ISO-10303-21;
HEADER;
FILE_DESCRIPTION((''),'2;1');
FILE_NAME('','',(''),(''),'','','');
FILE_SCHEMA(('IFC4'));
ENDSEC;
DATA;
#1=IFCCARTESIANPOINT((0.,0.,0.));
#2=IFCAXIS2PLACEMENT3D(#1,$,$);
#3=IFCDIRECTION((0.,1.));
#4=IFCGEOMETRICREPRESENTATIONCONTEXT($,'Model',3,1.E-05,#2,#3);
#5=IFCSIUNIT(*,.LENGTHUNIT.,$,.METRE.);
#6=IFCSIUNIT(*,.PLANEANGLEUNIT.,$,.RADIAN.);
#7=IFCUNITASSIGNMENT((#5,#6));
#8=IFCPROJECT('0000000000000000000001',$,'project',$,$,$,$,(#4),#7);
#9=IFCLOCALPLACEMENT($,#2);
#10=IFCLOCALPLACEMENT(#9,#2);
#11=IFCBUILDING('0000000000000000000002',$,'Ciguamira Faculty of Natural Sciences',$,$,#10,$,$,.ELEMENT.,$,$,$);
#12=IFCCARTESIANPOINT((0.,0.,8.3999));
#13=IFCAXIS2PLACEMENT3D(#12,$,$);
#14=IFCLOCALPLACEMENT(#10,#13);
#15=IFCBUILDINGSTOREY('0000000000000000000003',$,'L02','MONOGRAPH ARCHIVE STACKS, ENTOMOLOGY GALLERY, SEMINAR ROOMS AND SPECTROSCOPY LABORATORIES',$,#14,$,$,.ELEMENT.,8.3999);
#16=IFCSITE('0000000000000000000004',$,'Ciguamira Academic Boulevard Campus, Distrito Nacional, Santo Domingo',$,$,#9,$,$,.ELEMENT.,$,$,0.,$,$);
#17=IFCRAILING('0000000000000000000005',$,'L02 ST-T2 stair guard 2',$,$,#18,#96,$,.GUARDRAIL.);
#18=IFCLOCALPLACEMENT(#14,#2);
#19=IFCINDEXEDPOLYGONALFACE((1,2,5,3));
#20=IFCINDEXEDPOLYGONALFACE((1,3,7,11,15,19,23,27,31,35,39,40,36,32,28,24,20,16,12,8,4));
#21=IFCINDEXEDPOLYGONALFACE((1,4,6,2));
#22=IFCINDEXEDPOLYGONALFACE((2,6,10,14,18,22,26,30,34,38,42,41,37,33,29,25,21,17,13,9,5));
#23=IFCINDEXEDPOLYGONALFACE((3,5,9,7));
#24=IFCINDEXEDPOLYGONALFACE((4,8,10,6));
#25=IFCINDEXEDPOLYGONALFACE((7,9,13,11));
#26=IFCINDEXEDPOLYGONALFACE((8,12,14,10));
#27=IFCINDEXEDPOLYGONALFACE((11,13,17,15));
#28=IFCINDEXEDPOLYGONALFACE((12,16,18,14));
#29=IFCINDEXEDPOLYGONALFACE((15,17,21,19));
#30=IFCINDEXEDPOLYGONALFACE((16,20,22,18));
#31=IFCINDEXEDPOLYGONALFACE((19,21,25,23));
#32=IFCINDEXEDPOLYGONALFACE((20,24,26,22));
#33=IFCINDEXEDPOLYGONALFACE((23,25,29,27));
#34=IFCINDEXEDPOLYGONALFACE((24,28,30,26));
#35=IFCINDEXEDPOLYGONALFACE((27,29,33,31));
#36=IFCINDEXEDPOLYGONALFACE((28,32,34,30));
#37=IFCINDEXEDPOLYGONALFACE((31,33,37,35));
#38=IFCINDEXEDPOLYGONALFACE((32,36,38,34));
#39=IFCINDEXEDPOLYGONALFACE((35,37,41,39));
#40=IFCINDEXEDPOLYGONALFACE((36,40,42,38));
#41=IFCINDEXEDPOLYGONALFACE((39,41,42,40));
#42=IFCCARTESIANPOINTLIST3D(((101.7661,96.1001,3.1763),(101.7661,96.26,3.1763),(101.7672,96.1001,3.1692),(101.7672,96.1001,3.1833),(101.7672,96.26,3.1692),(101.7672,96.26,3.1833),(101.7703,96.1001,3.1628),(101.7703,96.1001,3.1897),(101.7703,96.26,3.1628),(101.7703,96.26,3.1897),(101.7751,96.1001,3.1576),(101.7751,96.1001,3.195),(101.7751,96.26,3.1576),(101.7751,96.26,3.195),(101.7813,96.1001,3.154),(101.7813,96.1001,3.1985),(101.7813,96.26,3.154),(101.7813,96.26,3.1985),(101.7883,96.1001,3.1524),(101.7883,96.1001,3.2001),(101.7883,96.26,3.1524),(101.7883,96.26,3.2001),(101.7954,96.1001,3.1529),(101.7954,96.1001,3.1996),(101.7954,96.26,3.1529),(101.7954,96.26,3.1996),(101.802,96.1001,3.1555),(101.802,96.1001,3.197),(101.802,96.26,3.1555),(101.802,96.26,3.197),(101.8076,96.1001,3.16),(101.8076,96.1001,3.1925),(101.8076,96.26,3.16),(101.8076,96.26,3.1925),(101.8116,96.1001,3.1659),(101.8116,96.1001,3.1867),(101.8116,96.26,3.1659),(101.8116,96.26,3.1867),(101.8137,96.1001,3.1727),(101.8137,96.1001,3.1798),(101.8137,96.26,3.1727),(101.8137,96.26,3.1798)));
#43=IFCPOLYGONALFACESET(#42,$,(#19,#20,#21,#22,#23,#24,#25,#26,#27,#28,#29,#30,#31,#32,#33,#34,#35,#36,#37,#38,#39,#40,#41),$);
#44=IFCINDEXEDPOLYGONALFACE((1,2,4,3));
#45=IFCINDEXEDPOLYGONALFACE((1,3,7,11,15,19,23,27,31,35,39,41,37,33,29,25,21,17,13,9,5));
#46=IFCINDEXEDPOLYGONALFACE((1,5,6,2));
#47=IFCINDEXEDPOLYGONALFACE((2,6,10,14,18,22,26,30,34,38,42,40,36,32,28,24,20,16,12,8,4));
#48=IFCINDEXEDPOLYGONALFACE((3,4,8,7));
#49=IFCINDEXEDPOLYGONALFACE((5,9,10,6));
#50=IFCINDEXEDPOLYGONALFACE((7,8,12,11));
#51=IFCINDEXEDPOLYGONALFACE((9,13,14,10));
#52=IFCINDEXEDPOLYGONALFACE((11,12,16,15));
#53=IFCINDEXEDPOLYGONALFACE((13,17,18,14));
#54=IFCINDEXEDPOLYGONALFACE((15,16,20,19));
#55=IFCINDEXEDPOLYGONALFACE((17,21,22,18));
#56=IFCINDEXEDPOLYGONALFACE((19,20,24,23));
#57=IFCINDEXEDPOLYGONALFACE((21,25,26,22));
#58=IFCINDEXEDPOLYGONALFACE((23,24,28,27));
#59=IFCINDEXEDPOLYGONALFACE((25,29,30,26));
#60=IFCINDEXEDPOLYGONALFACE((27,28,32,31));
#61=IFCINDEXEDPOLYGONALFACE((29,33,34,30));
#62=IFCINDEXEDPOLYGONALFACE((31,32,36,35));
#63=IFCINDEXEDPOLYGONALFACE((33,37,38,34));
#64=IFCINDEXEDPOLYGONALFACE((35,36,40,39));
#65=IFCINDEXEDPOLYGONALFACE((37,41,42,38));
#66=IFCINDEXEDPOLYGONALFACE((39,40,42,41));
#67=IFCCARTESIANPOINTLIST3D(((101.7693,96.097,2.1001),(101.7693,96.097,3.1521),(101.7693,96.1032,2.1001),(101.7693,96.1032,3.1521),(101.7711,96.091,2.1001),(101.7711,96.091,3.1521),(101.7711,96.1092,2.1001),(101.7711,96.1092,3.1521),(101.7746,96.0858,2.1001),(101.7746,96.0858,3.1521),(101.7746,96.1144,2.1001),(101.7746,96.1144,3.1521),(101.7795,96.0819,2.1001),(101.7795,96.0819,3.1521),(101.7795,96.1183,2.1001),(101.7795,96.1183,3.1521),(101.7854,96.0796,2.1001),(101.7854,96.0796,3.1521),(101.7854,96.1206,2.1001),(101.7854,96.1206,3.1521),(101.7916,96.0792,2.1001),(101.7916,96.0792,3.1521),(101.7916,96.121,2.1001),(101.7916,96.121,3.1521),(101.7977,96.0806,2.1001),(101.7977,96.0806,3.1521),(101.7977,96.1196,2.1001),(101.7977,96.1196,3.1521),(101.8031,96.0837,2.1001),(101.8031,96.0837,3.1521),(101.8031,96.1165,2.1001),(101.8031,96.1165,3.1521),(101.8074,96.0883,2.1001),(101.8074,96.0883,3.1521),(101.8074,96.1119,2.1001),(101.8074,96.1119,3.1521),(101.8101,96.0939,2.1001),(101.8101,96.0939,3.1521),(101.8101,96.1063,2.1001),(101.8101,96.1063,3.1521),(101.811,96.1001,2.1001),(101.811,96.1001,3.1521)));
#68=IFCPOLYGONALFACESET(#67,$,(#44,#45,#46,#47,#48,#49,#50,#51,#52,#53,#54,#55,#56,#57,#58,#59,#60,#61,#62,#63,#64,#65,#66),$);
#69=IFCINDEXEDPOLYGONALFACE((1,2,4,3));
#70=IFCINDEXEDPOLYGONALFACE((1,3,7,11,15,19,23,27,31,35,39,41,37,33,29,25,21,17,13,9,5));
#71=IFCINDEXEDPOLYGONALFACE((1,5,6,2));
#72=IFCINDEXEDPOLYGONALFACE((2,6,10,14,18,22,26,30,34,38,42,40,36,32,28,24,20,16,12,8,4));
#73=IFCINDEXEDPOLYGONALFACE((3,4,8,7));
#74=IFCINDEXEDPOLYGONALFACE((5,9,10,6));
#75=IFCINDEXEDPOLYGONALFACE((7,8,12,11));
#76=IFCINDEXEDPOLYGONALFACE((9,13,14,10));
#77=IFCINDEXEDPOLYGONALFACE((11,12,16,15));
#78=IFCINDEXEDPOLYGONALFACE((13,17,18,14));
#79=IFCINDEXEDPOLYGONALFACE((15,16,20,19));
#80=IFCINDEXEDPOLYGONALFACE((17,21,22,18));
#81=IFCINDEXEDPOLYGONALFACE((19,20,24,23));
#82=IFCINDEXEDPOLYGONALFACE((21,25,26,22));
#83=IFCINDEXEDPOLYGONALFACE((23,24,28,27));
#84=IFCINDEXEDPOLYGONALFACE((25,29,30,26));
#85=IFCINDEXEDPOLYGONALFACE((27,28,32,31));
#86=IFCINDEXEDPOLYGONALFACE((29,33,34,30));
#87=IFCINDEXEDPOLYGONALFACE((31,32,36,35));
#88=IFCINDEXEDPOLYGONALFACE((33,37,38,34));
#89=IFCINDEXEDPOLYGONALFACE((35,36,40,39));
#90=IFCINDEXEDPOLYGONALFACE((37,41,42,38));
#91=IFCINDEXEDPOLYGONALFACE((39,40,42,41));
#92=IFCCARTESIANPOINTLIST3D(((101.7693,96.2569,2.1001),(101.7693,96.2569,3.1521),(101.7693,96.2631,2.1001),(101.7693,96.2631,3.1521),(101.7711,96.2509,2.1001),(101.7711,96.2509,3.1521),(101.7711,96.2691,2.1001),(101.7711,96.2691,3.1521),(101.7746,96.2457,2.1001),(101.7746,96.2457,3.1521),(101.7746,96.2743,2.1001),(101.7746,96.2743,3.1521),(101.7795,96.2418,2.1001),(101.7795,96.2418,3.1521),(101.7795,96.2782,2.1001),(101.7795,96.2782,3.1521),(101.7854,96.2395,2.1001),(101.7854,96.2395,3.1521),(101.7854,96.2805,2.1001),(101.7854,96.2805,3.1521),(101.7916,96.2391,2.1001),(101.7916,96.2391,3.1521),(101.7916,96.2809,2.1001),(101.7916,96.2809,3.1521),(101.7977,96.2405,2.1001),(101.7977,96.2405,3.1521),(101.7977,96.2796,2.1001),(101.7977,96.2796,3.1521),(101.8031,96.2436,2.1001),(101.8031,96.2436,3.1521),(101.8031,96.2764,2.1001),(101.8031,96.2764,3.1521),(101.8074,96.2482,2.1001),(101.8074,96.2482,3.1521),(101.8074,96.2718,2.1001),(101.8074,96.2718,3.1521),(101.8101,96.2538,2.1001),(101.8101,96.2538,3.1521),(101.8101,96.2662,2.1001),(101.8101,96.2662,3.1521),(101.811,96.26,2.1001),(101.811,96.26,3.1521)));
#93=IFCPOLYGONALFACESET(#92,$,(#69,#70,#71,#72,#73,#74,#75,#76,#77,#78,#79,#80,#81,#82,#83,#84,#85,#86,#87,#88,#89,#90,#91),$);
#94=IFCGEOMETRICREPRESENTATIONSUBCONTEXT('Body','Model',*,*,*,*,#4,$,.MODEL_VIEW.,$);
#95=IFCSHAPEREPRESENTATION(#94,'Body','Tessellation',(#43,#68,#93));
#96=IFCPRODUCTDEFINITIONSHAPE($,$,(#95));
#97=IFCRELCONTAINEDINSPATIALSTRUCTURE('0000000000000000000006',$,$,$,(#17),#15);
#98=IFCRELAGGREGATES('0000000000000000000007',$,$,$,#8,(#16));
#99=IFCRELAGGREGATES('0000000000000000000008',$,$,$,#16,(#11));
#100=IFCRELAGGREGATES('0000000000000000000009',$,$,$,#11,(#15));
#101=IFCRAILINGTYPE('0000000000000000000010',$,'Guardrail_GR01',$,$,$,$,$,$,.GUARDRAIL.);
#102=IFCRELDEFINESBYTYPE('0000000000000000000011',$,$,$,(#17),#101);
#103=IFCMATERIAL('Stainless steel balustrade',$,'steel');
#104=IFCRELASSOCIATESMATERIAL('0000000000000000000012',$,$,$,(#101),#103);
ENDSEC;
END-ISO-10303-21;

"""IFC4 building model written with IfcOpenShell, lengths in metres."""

from ifc_helpers import new_model, si_unit, direction, frame, origin, origin_2d, place, context, subcontext, project, spatial, circle, extrude, material, type_object, element, save


model = new_model("IFC4")

# Units and contexts
model_context = context("Model", 3, precision=1e-05, world=origin(), true_north=direction((0.0, 1.0)))
body_context = subcontext(model_context, "Body", "Model", "MODEL_VIEW")
ifc_project = project(units=[si_unit("LENGTHUNIT", "METRE"), si_unit("PLANEANGLEUNIT", "RADIAN")], contexts=[model_context])

# Site, building, storey
site_placement = place(None, origin())
site = spatial("IfcSite", under=ifc_project, at=site_placement, Name="Ciguamira Academic Boulevard Campus, Distrito Nacional, Santo Domingo", CompositionType="ELEMENT", RefElevation=0.0)
building_placement = place(site_placement, origin())
building = spatial("IfcBuilding", under=site, at=building_placement, Name="Ciguamira Faculty of Natural Sciences", CompositionType="ELEMENT")
storey_placement = place(building_placement, frame((0.0, 0.0, 8.3999)))
storey = spatial("IfcBuildingStorey", under=building, at=storey_placement, Name="L02", Description="MONOGRAPH ARCHIVE STACKS, ENTOMOLOGY GALLERY, SEMINAR ROOMS AND SPECTROSCOPY LABORATORIES", CompositionType="ELEMENT", Elevation=8.3999)

# Railing
ifc_material_1 = material(Name="Stainless steel balustrade", Category="steel")
railing_type_1 = type_object("IfcRailingType", Name="Guardrail_GR01", PredefinedType="GUARDRAIL", material=ifc_material_1)
railing_1_placement = place(storey_placement, frame((101.79, 96.1001, 2.1001)))
element("IfcRailing", 1, at=railing_1_placement, inside=storey, type_object=railing_type_1, Name="L02 ST-T2 stair guard 2", PredefinedType="GUARDRAIL", context=body_context, shape_type="SweptSolid", body=[
    extrude(circle(Radius=0.0239, at=origin_2d()), frame((0.0, 0.0, 1.0762), z_axis=(0.0, 1.0, 0.0), x_axis=(-1.0, 0.0, 0.0)), (0.0, 0.0, 1.0), 0.1599),
    extrude(circle(Radius=0.021, at=origin_2d()), origin(), (0.0, 0.0, 1.0), 1.052),
    extrude(circle(Radius=0.021, at=origin_2d()), frame((0.0, 0.1599, 0.0)), (0.0, 0.0, 1.0), 1.052),
])

save(model, "model.ifc")
